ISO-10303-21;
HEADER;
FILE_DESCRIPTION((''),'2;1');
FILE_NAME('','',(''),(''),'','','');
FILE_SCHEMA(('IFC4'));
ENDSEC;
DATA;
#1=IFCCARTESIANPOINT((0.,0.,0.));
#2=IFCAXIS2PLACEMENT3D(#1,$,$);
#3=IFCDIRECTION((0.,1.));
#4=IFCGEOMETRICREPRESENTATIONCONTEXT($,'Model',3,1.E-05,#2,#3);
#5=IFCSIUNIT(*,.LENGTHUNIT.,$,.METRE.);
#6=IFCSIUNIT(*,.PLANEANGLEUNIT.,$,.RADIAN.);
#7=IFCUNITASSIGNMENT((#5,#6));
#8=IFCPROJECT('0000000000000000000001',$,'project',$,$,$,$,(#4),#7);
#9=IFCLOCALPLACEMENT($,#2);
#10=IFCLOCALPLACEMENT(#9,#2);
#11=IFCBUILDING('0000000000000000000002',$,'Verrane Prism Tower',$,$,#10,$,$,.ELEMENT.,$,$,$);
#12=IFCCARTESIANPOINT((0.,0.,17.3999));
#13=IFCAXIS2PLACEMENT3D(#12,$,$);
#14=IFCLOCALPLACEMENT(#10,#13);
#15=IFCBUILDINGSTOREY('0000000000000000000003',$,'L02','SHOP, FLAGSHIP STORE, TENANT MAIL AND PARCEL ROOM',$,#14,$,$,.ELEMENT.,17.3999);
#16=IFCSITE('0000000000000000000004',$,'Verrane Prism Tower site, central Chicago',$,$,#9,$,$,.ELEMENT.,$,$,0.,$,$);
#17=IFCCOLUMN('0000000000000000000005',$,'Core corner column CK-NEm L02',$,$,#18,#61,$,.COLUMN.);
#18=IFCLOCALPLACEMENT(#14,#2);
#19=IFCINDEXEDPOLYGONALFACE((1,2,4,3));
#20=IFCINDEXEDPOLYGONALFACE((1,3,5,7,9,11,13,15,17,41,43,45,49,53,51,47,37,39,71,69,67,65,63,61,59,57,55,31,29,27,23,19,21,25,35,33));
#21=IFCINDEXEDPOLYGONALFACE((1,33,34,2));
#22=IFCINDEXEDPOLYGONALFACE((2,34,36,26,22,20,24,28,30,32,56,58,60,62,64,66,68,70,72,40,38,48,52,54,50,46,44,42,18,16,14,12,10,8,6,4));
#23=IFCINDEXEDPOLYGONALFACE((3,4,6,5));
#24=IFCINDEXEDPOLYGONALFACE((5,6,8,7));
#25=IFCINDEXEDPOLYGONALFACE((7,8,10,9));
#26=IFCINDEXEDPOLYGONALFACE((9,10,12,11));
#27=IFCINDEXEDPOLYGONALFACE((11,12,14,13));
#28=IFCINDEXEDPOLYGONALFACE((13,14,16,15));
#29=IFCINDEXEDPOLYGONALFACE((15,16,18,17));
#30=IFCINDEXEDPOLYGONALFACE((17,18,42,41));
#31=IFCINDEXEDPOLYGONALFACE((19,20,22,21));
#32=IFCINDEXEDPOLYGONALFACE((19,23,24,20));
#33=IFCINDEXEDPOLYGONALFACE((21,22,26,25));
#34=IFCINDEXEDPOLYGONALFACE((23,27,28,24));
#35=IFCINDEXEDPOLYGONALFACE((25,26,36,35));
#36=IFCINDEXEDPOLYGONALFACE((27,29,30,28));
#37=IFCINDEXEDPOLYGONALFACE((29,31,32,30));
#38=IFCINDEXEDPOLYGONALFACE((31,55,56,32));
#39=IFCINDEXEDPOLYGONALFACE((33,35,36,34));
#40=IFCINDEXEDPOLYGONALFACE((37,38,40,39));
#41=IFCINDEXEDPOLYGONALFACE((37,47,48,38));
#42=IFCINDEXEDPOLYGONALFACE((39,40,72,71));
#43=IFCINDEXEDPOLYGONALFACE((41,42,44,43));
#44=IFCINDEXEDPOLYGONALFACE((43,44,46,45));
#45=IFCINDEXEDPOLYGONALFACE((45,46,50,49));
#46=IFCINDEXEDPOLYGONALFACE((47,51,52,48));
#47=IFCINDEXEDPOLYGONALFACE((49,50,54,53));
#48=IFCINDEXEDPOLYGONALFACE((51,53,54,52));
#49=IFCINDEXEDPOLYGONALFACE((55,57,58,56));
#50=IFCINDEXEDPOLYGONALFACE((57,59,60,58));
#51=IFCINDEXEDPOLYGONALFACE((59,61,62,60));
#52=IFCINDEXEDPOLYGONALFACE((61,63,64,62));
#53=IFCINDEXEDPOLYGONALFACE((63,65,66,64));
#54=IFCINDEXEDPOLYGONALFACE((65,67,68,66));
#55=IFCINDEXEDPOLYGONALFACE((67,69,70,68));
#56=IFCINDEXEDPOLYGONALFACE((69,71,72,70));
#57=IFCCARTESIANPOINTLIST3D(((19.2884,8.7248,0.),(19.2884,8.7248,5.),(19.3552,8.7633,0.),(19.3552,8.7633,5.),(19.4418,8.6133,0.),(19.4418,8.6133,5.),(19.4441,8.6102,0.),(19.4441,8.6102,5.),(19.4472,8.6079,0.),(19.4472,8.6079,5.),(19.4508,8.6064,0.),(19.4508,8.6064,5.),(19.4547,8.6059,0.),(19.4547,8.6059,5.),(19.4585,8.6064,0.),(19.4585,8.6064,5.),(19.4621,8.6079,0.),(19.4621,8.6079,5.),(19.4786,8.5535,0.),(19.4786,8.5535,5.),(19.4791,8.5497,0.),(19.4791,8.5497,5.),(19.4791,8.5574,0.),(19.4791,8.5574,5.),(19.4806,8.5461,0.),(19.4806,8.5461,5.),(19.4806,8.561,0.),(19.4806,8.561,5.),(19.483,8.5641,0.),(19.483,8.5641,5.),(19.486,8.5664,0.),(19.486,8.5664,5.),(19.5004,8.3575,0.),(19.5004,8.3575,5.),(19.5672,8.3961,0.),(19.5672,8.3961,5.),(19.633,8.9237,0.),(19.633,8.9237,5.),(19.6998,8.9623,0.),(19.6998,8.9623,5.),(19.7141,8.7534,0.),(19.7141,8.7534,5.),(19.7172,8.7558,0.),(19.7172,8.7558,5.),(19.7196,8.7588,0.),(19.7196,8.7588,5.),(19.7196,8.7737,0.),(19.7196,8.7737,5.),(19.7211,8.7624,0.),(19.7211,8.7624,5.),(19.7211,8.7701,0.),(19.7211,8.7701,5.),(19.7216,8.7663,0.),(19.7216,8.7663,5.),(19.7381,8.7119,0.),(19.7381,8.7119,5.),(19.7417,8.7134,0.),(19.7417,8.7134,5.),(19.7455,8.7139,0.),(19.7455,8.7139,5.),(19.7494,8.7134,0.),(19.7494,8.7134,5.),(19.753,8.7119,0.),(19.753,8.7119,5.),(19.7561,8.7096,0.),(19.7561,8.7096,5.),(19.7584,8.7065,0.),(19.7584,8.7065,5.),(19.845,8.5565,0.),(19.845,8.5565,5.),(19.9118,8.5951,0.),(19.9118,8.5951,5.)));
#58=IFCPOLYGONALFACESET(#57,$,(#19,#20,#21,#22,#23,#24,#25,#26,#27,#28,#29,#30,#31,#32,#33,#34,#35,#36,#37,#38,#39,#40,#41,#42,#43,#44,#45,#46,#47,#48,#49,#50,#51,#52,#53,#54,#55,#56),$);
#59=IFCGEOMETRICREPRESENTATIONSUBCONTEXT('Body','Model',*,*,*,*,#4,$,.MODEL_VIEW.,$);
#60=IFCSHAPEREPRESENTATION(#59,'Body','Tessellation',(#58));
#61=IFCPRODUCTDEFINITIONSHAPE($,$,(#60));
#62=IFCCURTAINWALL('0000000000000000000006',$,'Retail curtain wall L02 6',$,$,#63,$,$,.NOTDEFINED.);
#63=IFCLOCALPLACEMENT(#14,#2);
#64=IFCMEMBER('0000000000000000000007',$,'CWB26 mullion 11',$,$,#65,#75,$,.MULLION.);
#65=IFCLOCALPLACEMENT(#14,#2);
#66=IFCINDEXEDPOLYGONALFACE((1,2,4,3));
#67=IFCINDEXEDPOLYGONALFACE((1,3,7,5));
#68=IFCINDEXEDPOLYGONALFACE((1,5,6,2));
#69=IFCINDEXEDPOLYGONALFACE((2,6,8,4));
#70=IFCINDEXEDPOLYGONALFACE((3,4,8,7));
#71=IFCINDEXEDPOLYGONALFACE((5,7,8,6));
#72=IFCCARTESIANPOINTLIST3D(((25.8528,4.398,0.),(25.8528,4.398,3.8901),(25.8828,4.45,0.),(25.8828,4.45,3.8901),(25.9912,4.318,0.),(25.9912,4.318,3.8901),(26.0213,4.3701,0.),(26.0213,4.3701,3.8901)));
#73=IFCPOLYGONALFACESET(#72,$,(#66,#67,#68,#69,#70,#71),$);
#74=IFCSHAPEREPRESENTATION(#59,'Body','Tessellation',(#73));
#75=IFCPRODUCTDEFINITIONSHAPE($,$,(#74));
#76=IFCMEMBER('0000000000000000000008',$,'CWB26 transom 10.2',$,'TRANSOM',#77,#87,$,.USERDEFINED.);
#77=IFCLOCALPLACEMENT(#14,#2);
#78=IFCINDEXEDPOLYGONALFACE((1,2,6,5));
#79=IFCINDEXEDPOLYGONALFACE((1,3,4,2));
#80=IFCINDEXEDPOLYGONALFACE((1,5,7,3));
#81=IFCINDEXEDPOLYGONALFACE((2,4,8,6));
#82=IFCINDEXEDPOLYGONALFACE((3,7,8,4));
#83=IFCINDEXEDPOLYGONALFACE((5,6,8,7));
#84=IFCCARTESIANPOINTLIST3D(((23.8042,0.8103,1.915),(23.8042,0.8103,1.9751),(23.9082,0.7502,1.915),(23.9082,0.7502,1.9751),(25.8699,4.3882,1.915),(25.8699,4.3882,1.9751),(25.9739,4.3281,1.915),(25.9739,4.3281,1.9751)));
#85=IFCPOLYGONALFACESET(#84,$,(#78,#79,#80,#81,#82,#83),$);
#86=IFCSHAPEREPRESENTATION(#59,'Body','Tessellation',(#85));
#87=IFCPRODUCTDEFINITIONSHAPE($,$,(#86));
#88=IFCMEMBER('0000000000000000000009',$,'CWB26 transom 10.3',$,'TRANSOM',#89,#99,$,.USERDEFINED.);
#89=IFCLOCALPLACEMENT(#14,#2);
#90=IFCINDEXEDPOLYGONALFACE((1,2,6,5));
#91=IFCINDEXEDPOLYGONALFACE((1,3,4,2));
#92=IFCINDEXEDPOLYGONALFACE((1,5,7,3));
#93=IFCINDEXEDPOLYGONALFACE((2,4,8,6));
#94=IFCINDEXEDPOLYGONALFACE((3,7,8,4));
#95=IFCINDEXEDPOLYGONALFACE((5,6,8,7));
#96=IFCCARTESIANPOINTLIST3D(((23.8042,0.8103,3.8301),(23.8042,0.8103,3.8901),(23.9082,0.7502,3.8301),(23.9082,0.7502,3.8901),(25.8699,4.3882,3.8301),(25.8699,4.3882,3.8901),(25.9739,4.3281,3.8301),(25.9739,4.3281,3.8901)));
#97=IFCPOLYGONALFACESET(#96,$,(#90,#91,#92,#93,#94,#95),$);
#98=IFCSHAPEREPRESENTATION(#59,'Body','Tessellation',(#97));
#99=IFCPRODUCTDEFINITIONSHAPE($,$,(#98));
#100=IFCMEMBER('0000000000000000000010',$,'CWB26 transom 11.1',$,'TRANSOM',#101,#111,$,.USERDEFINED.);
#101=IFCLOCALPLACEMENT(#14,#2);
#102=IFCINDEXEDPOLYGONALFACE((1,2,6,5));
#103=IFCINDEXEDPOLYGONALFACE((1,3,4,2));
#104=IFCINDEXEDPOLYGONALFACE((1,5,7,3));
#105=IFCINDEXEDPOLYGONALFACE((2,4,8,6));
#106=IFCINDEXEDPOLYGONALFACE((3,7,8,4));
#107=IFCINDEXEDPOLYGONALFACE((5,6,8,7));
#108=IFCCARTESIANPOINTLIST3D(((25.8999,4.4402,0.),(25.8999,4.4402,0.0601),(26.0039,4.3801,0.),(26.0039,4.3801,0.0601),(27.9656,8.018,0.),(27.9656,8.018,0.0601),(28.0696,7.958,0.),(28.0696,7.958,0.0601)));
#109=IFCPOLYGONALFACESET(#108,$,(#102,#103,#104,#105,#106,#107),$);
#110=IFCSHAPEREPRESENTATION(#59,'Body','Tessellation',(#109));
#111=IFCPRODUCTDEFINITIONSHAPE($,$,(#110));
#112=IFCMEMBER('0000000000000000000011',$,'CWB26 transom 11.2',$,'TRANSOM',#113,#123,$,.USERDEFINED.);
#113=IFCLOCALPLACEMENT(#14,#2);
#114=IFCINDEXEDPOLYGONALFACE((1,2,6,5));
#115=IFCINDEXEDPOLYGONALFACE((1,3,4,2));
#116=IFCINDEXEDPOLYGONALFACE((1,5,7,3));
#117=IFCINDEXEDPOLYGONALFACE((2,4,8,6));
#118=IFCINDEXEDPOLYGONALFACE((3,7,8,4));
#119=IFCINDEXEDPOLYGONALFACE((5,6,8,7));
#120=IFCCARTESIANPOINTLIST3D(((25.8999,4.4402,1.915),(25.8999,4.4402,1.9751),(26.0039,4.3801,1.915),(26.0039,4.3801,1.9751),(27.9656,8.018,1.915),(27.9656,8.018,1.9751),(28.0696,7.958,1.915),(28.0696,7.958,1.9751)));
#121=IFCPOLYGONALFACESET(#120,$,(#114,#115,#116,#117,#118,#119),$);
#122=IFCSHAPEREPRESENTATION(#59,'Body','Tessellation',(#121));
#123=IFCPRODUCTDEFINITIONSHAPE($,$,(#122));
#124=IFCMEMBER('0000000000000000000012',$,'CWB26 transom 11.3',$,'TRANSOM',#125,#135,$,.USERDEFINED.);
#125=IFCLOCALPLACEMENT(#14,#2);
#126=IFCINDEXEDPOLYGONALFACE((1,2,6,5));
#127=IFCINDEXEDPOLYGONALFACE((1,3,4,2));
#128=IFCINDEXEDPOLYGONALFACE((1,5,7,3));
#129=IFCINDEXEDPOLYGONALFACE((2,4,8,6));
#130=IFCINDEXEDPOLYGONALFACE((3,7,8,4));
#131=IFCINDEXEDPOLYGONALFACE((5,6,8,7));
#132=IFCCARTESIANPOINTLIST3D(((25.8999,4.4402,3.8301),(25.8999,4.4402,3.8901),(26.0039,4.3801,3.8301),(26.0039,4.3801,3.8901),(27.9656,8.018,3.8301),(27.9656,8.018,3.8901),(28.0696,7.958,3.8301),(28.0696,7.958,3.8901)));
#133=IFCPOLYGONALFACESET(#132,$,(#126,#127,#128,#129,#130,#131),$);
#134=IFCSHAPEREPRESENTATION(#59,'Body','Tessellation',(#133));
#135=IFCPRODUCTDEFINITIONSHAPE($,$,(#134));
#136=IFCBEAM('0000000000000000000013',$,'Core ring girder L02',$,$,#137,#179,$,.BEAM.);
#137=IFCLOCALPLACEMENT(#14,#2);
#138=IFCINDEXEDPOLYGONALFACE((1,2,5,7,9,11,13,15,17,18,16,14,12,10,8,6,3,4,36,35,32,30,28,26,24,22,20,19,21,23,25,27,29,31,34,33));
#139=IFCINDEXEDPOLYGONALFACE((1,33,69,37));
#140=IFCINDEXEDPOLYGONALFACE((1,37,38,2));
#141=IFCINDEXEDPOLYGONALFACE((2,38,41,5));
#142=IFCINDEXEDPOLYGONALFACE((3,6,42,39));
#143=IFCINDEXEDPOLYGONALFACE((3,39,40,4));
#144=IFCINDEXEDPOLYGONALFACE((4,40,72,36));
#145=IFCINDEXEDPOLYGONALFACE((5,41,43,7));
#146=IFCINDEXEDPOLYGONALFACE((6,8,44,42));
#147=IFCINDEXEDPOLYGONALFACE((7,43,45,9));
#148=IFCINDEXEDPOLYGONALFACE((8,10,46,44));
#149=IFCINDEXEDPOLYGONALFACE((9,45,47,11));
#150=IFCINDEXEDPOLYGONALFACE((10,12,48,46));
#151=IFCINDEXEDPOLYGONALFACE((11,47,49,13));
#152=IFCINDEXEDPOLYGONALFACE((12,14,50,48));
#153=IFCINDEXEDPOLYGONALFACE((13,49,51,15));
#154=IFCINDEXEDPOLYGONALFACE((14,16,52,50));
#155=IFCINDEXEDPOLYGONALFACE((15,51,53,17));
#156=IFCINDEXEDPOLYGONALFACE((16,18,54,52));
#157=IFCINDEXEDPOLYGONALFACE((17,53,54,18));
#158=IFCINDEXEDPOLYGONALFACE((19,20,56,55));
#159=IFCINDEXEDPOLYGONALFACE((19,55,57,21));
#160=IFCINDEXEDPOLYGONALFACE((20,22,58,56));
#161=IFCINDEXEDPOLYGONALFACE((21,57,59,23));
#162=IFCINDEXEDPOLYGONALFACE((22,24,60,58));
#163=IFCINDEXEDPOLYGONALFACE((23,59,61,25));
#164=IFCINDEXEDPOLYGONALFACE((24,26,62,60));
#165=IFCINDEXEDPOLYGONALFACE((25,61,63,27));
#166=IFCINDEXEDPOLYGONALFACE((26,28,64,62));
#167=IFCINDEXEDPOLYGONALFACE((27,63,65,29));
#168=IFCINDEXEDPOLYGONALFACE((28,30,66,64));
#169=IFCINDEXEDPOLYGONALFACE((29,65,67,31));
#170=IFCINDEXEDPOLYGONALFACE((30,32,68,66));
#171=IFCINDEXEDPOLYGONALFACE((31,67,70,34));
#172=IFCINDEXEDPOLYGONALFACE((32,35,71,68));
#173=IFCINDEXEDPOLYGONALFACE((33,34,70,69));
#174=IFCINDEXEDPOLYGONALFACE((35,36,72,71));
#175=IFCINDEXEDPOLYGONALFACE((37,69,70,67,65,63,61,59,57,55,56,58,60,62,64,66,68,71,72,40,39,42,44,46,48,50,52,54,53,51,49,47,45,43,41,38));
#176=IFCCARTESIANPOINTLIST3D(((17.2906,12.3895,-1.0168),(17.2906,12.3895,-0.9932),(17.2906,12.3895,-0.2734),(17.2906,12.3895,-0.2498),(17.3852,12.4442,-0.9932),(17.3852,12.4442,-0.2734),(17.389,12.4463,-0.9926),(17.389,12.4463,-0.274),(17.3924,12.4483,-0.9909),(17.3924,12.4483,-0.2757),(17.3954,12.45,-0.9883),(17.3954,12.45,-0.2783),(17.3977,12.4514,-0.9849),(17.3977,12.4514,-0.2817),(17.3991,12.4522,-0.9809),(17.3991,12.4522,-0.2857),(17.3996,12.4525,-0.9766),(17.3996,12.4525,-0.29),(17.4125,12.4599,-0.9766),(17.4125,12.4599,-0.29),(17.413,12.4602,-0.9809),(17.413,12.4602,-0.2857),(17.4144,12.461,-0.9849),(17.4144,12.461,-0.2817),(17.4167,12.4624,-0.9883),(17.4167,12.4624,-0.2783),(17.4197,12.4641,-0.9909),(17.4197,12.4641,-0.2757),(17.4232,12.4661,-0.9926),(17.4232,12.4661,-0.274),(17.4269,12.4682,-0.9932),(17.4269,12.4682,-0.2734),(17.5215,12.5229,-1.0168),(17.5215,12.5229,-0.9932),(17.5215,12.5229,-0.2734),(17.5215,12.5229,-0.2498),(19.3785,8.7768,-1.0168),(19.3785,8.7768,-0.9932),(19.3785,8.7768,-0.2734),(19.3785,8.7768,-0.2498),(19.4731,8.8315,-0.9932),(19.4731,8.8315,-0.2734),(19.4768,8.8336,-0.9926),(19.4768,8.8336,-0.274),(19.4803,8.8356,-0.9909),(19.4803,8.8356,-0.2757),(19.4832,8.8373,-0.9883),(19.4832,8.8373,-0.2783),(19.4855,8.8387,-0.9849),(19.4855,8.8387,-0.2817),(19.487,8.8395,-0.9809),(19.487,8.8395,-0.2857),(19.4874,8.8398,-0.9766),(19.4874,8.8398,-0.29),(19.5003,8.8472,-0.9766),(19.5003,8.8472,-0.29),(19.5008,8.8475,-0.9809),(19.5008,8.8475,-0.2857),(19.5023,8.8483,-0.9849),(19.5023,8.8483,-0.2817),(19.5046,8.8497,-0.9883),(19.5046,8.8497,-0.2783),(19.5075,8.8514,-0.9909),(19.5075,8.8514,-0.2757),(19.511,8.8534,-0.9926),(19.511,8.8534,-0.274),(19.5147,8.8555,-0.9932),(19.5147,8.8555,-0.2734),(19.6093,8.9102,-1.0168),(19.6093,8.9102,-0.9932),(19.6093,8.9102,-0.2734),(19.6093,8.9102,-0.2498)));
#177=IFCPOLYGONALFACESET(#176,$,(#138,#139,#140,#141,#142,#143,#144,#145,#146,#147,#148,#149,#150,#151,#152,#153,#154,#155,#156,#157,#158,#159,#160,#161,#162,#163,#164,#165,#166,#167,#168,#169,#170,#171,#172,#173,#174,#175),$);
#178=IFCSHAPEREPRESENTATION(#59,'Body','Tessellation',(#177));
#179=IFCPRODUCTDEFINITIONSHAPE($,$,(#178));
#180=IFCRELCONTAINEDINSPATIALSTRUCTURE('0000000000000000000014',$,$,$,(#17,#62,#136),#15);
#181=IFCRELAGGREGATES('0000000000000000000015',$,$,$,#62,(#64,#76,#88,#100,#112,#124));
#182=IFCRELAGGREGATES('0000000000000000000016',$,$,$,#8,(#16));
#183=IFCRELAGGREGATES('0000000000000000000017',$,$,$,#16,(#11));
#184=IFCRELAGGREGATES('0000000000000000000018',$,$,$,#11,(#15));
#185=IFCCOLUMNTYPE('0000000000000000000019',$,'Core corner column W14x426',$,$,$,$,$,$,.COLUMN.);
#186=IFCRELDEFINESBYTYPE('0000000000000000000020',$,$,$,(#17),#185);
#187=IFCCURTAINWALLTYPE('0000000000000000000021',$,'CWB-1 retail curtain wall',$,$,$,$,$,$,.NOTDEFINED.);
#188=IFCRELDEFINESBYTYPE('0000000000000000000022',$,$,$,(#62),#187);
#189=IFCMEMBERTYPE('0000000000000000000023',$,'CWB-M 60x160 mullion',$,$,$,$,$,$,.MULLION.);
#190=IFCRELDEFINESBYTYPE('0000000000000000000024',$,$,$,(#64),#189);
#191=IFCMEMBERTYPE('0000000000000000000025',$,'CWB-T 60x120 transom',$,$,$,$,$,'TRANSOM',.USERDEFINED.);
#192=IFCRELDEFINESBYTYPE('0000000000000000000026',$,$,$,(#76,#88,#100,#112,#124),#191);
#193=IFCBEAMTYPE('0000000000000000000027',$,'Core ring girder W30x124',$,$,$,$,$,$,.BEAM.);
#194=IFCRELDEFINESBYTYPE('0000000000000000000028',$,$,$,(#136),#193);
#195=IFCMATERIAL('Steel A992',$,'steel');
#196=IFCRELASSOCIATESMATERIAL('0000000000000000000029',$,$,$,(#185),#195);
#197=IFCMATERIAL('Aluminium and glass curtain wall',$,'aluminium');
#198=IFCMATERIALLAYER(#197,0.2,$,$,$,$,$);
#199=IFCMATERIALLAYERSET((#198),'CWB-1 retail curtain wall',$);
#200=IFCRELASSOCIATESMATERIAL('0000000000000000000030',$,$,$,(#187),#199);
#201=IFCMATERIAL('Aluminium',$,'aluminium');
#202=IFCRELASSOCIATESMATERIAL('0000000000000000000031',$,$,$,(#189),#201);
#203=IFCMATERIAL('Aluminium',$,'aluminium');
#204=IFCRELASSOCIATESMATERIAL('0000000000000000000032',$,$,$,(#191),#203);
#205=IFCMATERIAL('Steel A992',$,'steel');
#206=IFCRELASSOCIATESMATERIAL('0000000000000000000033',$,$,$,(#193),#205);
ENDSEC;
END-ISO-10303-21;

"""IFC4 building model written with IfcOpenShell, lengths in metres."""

from ifc_helpers import new_model, si_unit, direction, frame, origin, origin_2d, place, context, subcontext, project, spatial, rectangle, i_section, extrude, material, layer, layer_set, material_profile, profile_set, type_object, element, aggregate, save


model = new_model("IFC4")

# Units and contexts
model_context = context("Model", 3, precision=1e-05, world=origin(), true_north=direction((0.0, 1.0)))
body_context = subcontext(model_context, "Body", "Model", "MODEL_VIEW")
ifc_project = project(units=[si_unit("LENGTHUNIT", "METRE"), si_unit("PLANEANGLEUNIT", "RADIAN")], contexts=[model_context])

# Site, building, storey
site_placement = place(None, origin())
site = spatial("IfcSite", under=ifc_project, at=site_placement, Name="Verrane Prism Tower site, central Chicago", CompositionType="ELEMENT", RefElevation=0.0)
building_placement = place(site_placement, origin())
building = spatial("IfcBuilding", under=site, at=building_placement, Name="Verrane Prism Tower", CompositionType="ELEMENT")
storey_placement = place(building_placement, frame((0.0, 0.0, 17.3999)))
storey = spatial("IfcBuildingStorey", under=building, at=storey_placement, Name="L02", Description="SHOP, FLAGSHIP STORE, TENANT MAIL AND PARCEL ROOM", CompositionType="ELEMENT", Elevation=17.3999)

# Column
ifc_material_1 = material(Name="Steel A992", Category="steel")
ifc_material_profile_1 = material_profile(ifc_material_1, i_section(OverallWidth=0.4241, OverallDepth=0.4751, WebThickness=0.0479, FlangeThickness=0.0771, FilletRadius=0.0149, at=origin_2d()), Name="W14x426")
ifc_profile_set_1 = profile_set([ifc_material_profile_1], Name="Steel A992")
column_type = type_object("IfcColumnType", Name="Core corner column W14x426", PredefinedType="COLUMN", material=ifc_profile_set_1)
column_placement = place(storey_placement, frame((19.6001, 8.6599, 0.0), z_axis=(0.0, 0.0, 1.0), x_axis=(0.5, -0.866025, 0.0)))
element("IfcColumn", 1, at=column_placement, inside=storey, type_object=column_type, Name="Core corner column CK-NEm L02", PredefinedType="COLUMN", context=body_context, shape_type="SweptSolid", body=[
    extrude(i_section(OverallWidth=0.4241, OverallDepth=0.4751, WebThickness=0.0479, FlangeThickness=0.0771, FilletRadius=0.0149, at=origin_2d()), origin(), (0.0, 0.0, 1.0), 5.0),
])

# Curtain wall, members
ifc_material_2 = material(Name="Aluminium and glass curtain wall", Category="aluminium")
ifc_layer_1 = layer(ifc_material_2, 0.2)
ifc_layer_set_1 = layer_set([ifc_layer_1], Name="CWB-1 retail curtain wall")
curtain_wall_type = type_object("IfcCurtainWallType", Name="CWB-1 retail curtain wall", PredefinedType="NOTDEFINED", material=ifc_layer_set_1)
curtain_wall_placement = place(storey_placement, origin())
curtain_wall = element("IfcCurtainWall", 2, at=curtain_wall_placement, inside=storey, type_object=curtain_wall_type, Name="Retail curtain wall L02 6", PredefinedType="NOTDEFINED")
ifc_material_3 = material(Name="Aluminium", Category="aluminium")
ifc_material_profile_2 = material_profile(ifc_material_3, rectangle(XDim=0.1599, YDim=0.0601, at=origin_2d()), Name="CWB-M 60x160 mullion")
ifc_profile_set_2 = profile_set([ifc_material_profile_2], Name="Aluminium")
member_type_1 = type_object("IfcMemberType", Name="CWB-M 60x160 mullion", PredefinedType="MULLION", material=ifc_profile_set_2)
member_1_placement = place(storey_placement, frame((25.937, 4.384, 0.0), z_axis=(0.0, 0.0, 1.0), x_axis=(-0.866025, 0.5, 0.0)))
member_1 = element("IfcMember", 3, at=member_1_placement, type_object=member_type_1, Name="CWB26 mullion 11", PredefinedType="MULLION", context=body_context, shape_type="SweptSolid", body=[
    extrude(rectangle(XDim=0.1599, YDim=0.0601, at=origin_2d()), origin(), (0.0, 0.0, 1.0), 3.8901),
])
ifc_material_4 = material(Name="Aluminium", Category="aluminium")
ifc_material_profile_3 = material_profile(ifc_material_4, rectangle(XDim=0.1201, YDim=0.0601, at=origin_2d()), Name="CWB-T 60x120 transom")
ifc_profile_set_3 = profile_set([ifc_material_profile_3], Name="Aluminium")
member_type_2 = type_object("IfcMemberType", Name="CWB-T 60x120 transom", ElementType="TRANSOM", PredefinedType="USERDEFINED", material=ifc_profile_set_3)
member_2_placement = place(storey_placement, frame((23.8562, 0.7803, 1.9451), z_axis=(0.499997, 0.866027, 0.0), x_axis=(-0.866027, 0.499997, 0.0)))
member_2 = element("IfcMember", 4, at=member_2_placement, type_object=member_type_2, Name="CWB26 transom 10.2", ObjectType="TRANSOM", PredefinedType="USERDEFINED", context=body_context, shape_type="SweptSolid", body=[
    extrude(rectangle(XDim=0.1201, YDim=0.0601, at=origin_2d()), origin(), (0.0, 0.0, 1.0), 4.1313),
])
member_3_placement = place(storey_placement, frame((23.8562, 0.7803, 3.8601), z_axis=(0.499997, 0.866027, 0.0), x_axis=(-0.866027, 0.499997, 0.0)))
member_3 = element("IfcMember", 5, at=member_3_placement, type_object=member_type_2, Name="CWB26 transom 10.3", ObjectType="TRANSOM", PredefinedType="USERDEFINED", context=body_context, shape_type="SweptSolid", body=[
    extrude(rectangle(XDim=0.1201, YDim=0.0601, at=origin_2d()), origin(), (0.0, 0.0, 1.0), 4.1313),
])
member_4_placement = place(storey_placement, frame((25.9519, 4.4102, 0.03), z_axis=(0.499997, 0.866027, 0.0), x_axis=(-0.866027, 0.499997, 0.0)))
member_4 = element("IfcMember", 6, at=member_4_placement, type_object=member_type_2, Name="CWB26 transom 11.1", ObjectType="TRANSOM", PredefinedType="USERDEFINED", context=body_context, shape_type="SweptSolid", body=[
    extrude(rectangle(XDim=0.1201, YDim=0.0601, at=origin_2d()), origin(), (0.0, 0.0, 1.0), 4.1313),
])
member_5_placement = place(storey_placement, frame((25.9519, 4.4102, 1.9451), z_axis=(0.499997, 0.866027, 0.0), x_axis=(-0.866027, 0.499997, 0.0)))
member_5 = element("IfcMember", 7, at=member_5_placement, type_object=member_type_2, Name="CWB26 transom 11.2", ObjectType="TRANSOM", PredefinedType="USERDEFINED", context=body_context, shape_type="SweptSolid", body=[
    extrude(rectangle(XDim=0.1201, YDim=0.0601, at=origin_2d()), origin(), (0.0, 0.0, 1.0), 4.1313),
])
member_6_placement = place(storey_placement, frame((25.9519, 4.4102, 3.8601), z_axis=(0.499997, 0.866027, 0.0), x_axis=(-0.866027, 0.499997, 0.0)))
member_6 = element("IfcMember", 8, at=member_6_placement, type_object=member_type_2, Name="CWB26 transom 11.3", ObjectType="TRANSOM", PredefinedType="USERDEFINED", context=body_context, shape_type="SweptSolid", body=[
    extrude(rectangle(XDim=0.1201, YDim=0.0601, at=origin_2d()), origin(), (0.0, 0.0, 1.0), 4.1313),
])

# Beam
ifc_material_5 = material(Name="Steel A992", Category="steel")
ifc_material_profile_4 = material_profile(ifc_material_5, i_section(OverallWidth=0.2666, OverallDepth=0.7671, WebThickness=0.0149, FlangeThickness=0.0237, FilletRadius=0.0166, at=origin_2d()), Name="W30x124")
ifc_profile_set_4 = profile_set([ifc_material_profile_4], Name="Steel A992")
beam_type_1 = type_object("IfcBeamType", Name="Core ring girder W30x124", PredefinedType="BEAM", material=ifc_profile_set_4)
beam_1_placement = place(storey_placement, frame((19.4939, 8.8435, -0.6333), z_axis=(-0.500367, 0.865813, 0.0), x_axis=(-0.865813, -0.500367, 0.0)))
element("IfcBeam", 9, at=beam_1_placement, inside=storey, type_object=beam_type_1, Name="Core ring girder L02", PredefinedType="BEAM", context=body_context, shape_type="SweptSolid", body=[
    extrude(i_section(OverallWidth=0.2666, OverallDepth=0.7671, WebThickness=0.0149, FlangeThickness=0.0237, FilletRadius=0.0166, at=origin_2d()), origin(), (0.0, 0.0, 1.0), 4.1726),
])

aggregate(curtain_wall, [member_1, member_2, member_3, member_4, member_5, member_6])

save(model, "model.ifc")
